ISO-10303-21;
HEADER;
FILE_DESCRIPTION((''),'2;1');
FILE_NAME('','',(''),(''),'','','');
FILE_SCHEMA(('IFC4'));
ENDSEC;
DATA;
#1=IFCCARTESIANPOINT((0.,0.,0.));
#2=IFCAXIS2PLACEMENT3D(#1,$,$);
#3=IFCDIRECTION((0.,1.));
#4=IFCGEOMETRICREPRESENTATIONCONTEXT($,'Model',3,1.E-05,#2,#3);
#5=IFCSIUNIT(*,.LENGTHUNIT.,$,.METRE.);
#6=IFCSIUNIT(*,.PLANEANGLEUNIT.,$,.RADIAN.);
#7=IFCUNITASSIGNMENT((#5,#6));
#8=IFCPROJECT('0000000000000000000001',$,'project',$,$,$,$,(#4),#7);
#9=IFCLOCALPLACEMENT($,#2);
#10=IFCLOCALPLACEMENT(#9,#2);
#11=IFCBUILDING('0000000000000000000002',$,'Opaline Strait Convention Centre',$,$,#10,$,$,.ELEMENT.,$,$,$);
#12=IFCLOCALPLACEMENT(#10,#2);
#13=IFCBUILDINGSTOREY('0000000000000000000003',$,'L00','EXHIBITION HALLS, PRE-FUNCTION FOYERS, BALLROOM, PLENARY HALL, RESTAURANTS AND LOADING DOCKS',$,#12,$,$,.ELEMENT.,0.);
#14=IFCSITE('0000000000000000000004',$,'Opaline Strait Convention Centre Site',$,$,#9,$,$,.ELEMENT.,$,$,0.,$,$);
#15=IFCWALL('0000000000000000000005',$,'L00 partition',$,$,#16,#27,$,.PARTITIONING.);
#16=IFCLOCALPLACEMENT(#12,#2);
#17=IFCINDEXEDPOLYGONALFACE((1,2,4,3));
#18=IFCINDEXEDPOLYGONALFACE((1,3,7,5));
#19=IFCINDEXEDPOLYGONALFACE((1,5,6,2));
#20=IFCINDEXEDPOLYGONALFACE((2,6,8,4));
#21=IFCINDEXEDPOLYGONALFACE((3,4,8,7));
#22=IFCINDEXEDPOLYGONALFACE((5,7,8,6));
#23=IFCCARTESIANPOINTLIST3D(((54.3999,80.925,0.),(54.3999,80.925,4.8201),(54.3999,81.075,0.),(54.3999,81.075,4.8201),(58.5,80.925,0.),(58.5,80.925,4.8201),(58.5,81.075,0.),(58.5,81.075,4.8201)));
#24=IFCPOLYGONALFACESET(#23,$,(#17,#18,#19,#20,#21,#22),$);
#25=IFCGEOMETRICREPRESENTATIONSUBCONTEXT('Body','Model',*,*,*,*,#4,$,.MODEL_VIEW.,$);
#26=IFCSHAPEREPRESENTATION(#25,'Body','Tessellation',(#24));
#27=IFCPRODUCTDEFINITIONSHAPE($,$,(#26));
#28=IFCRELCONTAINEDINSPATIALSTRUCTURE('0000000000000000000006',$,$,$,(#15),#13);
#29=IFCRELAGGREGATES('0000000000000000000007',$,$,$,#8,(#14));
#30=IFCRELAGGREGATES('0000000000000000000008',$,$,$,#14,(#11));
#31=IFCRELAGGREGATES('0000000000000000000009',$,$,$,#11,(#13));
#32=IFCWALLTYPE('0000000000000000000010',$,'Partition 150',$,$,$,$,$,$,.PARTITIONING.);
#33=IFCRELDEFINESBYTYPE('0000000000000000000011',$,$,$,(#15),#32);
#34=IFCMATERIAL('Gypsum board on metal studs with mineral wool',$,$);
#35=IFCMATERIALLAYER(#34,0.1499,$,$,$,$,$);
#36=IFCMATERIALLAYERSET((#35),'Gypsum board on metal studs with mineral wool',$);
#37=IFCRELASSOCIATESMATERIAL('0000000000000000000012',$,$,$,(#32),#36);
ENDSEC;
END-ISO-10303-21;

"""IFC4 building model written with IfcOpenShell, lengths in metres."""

from ifc_helpers import new_model, si_unit, direction, frame, frame_2d, origin, place, context, subcontext, project, spatial, rectangle, extrude, material, layer, layer_set, type_object, element, save


model = new_model("IFC4")

# Units and contexts
model_context = context("Model", 3, precision=1e-05, world=origin(), true_north=direction((0.0, 1.0)))
body_context = subcontext(model_context, "Body", "Model", "MODEL_VIEW")
ifc_project = project(units=[si_unit("LENGTHUNIT", "METRE"), si_unit("PLANEANGLEUNIT", "RADIAN")], contexts=[model_context])

# Site, building, storey
site_placement = place(None, origin())
site = spatial("IfcSite", under=ifc_project, at=site_placement, Name="Opaline Strait Convention Centre Site", CompositionType="ELEMENT", RefElevation=0.0)
building_placement = place(site_placement, origin())
building = spatial("IfcBuilding", under=site, at=building_placement, Name="Opaline Strait Convention Centre", CompositionType="ELEMENT")
storey_placement = place(building_placement, origin())
storey = spatial("IfcBuildingStorey", under=building, at=storey_placement, Name="L00", Description="EXHIBITION HALLS, PRE-FUNCTION FOYERS, BALLROOM, PLENARY HALL, RESTAURANTS AND LOADING DOCKS", CompositionType="ELEMENT", Elevation=0.0)

# Wall
ifc_material_1 = material(Name="Gypsum board on metal studs with mineral wool")
ifc_layer = layer(ifc_material_1, 0.1499)
ifc_layer_set = layer_set([ifc_layer], Name="Gypsum board on metal studs with mineral wool")
wall_type = type_object("IfcWallType", Name="Partition 150", PredefinedType="PARTITIONING", material=ifc_layer_set)
wall_placement = place(storey_placement, frame((54.3999, 81.0, 0.0), z_axis=(0.0, 0.0, 1.0), x_axis=(1.0, 0.0, 0.0)))
element("IfcWall", 1, at=wall_placement, inside=storey, type_object=wall_type, Name="L00 partition", PredefinedType="PARTITIONING", context=body_context, shape_type="SweptSolid", body=[
    extrude(rectangle(XDim=4.1001, YDim=0.1499, at=frame_2d((2.05, 0.0))), origin(), (0.0, 0.0, 1.0), 4.8201),
])

save(model, "model.ifc")
